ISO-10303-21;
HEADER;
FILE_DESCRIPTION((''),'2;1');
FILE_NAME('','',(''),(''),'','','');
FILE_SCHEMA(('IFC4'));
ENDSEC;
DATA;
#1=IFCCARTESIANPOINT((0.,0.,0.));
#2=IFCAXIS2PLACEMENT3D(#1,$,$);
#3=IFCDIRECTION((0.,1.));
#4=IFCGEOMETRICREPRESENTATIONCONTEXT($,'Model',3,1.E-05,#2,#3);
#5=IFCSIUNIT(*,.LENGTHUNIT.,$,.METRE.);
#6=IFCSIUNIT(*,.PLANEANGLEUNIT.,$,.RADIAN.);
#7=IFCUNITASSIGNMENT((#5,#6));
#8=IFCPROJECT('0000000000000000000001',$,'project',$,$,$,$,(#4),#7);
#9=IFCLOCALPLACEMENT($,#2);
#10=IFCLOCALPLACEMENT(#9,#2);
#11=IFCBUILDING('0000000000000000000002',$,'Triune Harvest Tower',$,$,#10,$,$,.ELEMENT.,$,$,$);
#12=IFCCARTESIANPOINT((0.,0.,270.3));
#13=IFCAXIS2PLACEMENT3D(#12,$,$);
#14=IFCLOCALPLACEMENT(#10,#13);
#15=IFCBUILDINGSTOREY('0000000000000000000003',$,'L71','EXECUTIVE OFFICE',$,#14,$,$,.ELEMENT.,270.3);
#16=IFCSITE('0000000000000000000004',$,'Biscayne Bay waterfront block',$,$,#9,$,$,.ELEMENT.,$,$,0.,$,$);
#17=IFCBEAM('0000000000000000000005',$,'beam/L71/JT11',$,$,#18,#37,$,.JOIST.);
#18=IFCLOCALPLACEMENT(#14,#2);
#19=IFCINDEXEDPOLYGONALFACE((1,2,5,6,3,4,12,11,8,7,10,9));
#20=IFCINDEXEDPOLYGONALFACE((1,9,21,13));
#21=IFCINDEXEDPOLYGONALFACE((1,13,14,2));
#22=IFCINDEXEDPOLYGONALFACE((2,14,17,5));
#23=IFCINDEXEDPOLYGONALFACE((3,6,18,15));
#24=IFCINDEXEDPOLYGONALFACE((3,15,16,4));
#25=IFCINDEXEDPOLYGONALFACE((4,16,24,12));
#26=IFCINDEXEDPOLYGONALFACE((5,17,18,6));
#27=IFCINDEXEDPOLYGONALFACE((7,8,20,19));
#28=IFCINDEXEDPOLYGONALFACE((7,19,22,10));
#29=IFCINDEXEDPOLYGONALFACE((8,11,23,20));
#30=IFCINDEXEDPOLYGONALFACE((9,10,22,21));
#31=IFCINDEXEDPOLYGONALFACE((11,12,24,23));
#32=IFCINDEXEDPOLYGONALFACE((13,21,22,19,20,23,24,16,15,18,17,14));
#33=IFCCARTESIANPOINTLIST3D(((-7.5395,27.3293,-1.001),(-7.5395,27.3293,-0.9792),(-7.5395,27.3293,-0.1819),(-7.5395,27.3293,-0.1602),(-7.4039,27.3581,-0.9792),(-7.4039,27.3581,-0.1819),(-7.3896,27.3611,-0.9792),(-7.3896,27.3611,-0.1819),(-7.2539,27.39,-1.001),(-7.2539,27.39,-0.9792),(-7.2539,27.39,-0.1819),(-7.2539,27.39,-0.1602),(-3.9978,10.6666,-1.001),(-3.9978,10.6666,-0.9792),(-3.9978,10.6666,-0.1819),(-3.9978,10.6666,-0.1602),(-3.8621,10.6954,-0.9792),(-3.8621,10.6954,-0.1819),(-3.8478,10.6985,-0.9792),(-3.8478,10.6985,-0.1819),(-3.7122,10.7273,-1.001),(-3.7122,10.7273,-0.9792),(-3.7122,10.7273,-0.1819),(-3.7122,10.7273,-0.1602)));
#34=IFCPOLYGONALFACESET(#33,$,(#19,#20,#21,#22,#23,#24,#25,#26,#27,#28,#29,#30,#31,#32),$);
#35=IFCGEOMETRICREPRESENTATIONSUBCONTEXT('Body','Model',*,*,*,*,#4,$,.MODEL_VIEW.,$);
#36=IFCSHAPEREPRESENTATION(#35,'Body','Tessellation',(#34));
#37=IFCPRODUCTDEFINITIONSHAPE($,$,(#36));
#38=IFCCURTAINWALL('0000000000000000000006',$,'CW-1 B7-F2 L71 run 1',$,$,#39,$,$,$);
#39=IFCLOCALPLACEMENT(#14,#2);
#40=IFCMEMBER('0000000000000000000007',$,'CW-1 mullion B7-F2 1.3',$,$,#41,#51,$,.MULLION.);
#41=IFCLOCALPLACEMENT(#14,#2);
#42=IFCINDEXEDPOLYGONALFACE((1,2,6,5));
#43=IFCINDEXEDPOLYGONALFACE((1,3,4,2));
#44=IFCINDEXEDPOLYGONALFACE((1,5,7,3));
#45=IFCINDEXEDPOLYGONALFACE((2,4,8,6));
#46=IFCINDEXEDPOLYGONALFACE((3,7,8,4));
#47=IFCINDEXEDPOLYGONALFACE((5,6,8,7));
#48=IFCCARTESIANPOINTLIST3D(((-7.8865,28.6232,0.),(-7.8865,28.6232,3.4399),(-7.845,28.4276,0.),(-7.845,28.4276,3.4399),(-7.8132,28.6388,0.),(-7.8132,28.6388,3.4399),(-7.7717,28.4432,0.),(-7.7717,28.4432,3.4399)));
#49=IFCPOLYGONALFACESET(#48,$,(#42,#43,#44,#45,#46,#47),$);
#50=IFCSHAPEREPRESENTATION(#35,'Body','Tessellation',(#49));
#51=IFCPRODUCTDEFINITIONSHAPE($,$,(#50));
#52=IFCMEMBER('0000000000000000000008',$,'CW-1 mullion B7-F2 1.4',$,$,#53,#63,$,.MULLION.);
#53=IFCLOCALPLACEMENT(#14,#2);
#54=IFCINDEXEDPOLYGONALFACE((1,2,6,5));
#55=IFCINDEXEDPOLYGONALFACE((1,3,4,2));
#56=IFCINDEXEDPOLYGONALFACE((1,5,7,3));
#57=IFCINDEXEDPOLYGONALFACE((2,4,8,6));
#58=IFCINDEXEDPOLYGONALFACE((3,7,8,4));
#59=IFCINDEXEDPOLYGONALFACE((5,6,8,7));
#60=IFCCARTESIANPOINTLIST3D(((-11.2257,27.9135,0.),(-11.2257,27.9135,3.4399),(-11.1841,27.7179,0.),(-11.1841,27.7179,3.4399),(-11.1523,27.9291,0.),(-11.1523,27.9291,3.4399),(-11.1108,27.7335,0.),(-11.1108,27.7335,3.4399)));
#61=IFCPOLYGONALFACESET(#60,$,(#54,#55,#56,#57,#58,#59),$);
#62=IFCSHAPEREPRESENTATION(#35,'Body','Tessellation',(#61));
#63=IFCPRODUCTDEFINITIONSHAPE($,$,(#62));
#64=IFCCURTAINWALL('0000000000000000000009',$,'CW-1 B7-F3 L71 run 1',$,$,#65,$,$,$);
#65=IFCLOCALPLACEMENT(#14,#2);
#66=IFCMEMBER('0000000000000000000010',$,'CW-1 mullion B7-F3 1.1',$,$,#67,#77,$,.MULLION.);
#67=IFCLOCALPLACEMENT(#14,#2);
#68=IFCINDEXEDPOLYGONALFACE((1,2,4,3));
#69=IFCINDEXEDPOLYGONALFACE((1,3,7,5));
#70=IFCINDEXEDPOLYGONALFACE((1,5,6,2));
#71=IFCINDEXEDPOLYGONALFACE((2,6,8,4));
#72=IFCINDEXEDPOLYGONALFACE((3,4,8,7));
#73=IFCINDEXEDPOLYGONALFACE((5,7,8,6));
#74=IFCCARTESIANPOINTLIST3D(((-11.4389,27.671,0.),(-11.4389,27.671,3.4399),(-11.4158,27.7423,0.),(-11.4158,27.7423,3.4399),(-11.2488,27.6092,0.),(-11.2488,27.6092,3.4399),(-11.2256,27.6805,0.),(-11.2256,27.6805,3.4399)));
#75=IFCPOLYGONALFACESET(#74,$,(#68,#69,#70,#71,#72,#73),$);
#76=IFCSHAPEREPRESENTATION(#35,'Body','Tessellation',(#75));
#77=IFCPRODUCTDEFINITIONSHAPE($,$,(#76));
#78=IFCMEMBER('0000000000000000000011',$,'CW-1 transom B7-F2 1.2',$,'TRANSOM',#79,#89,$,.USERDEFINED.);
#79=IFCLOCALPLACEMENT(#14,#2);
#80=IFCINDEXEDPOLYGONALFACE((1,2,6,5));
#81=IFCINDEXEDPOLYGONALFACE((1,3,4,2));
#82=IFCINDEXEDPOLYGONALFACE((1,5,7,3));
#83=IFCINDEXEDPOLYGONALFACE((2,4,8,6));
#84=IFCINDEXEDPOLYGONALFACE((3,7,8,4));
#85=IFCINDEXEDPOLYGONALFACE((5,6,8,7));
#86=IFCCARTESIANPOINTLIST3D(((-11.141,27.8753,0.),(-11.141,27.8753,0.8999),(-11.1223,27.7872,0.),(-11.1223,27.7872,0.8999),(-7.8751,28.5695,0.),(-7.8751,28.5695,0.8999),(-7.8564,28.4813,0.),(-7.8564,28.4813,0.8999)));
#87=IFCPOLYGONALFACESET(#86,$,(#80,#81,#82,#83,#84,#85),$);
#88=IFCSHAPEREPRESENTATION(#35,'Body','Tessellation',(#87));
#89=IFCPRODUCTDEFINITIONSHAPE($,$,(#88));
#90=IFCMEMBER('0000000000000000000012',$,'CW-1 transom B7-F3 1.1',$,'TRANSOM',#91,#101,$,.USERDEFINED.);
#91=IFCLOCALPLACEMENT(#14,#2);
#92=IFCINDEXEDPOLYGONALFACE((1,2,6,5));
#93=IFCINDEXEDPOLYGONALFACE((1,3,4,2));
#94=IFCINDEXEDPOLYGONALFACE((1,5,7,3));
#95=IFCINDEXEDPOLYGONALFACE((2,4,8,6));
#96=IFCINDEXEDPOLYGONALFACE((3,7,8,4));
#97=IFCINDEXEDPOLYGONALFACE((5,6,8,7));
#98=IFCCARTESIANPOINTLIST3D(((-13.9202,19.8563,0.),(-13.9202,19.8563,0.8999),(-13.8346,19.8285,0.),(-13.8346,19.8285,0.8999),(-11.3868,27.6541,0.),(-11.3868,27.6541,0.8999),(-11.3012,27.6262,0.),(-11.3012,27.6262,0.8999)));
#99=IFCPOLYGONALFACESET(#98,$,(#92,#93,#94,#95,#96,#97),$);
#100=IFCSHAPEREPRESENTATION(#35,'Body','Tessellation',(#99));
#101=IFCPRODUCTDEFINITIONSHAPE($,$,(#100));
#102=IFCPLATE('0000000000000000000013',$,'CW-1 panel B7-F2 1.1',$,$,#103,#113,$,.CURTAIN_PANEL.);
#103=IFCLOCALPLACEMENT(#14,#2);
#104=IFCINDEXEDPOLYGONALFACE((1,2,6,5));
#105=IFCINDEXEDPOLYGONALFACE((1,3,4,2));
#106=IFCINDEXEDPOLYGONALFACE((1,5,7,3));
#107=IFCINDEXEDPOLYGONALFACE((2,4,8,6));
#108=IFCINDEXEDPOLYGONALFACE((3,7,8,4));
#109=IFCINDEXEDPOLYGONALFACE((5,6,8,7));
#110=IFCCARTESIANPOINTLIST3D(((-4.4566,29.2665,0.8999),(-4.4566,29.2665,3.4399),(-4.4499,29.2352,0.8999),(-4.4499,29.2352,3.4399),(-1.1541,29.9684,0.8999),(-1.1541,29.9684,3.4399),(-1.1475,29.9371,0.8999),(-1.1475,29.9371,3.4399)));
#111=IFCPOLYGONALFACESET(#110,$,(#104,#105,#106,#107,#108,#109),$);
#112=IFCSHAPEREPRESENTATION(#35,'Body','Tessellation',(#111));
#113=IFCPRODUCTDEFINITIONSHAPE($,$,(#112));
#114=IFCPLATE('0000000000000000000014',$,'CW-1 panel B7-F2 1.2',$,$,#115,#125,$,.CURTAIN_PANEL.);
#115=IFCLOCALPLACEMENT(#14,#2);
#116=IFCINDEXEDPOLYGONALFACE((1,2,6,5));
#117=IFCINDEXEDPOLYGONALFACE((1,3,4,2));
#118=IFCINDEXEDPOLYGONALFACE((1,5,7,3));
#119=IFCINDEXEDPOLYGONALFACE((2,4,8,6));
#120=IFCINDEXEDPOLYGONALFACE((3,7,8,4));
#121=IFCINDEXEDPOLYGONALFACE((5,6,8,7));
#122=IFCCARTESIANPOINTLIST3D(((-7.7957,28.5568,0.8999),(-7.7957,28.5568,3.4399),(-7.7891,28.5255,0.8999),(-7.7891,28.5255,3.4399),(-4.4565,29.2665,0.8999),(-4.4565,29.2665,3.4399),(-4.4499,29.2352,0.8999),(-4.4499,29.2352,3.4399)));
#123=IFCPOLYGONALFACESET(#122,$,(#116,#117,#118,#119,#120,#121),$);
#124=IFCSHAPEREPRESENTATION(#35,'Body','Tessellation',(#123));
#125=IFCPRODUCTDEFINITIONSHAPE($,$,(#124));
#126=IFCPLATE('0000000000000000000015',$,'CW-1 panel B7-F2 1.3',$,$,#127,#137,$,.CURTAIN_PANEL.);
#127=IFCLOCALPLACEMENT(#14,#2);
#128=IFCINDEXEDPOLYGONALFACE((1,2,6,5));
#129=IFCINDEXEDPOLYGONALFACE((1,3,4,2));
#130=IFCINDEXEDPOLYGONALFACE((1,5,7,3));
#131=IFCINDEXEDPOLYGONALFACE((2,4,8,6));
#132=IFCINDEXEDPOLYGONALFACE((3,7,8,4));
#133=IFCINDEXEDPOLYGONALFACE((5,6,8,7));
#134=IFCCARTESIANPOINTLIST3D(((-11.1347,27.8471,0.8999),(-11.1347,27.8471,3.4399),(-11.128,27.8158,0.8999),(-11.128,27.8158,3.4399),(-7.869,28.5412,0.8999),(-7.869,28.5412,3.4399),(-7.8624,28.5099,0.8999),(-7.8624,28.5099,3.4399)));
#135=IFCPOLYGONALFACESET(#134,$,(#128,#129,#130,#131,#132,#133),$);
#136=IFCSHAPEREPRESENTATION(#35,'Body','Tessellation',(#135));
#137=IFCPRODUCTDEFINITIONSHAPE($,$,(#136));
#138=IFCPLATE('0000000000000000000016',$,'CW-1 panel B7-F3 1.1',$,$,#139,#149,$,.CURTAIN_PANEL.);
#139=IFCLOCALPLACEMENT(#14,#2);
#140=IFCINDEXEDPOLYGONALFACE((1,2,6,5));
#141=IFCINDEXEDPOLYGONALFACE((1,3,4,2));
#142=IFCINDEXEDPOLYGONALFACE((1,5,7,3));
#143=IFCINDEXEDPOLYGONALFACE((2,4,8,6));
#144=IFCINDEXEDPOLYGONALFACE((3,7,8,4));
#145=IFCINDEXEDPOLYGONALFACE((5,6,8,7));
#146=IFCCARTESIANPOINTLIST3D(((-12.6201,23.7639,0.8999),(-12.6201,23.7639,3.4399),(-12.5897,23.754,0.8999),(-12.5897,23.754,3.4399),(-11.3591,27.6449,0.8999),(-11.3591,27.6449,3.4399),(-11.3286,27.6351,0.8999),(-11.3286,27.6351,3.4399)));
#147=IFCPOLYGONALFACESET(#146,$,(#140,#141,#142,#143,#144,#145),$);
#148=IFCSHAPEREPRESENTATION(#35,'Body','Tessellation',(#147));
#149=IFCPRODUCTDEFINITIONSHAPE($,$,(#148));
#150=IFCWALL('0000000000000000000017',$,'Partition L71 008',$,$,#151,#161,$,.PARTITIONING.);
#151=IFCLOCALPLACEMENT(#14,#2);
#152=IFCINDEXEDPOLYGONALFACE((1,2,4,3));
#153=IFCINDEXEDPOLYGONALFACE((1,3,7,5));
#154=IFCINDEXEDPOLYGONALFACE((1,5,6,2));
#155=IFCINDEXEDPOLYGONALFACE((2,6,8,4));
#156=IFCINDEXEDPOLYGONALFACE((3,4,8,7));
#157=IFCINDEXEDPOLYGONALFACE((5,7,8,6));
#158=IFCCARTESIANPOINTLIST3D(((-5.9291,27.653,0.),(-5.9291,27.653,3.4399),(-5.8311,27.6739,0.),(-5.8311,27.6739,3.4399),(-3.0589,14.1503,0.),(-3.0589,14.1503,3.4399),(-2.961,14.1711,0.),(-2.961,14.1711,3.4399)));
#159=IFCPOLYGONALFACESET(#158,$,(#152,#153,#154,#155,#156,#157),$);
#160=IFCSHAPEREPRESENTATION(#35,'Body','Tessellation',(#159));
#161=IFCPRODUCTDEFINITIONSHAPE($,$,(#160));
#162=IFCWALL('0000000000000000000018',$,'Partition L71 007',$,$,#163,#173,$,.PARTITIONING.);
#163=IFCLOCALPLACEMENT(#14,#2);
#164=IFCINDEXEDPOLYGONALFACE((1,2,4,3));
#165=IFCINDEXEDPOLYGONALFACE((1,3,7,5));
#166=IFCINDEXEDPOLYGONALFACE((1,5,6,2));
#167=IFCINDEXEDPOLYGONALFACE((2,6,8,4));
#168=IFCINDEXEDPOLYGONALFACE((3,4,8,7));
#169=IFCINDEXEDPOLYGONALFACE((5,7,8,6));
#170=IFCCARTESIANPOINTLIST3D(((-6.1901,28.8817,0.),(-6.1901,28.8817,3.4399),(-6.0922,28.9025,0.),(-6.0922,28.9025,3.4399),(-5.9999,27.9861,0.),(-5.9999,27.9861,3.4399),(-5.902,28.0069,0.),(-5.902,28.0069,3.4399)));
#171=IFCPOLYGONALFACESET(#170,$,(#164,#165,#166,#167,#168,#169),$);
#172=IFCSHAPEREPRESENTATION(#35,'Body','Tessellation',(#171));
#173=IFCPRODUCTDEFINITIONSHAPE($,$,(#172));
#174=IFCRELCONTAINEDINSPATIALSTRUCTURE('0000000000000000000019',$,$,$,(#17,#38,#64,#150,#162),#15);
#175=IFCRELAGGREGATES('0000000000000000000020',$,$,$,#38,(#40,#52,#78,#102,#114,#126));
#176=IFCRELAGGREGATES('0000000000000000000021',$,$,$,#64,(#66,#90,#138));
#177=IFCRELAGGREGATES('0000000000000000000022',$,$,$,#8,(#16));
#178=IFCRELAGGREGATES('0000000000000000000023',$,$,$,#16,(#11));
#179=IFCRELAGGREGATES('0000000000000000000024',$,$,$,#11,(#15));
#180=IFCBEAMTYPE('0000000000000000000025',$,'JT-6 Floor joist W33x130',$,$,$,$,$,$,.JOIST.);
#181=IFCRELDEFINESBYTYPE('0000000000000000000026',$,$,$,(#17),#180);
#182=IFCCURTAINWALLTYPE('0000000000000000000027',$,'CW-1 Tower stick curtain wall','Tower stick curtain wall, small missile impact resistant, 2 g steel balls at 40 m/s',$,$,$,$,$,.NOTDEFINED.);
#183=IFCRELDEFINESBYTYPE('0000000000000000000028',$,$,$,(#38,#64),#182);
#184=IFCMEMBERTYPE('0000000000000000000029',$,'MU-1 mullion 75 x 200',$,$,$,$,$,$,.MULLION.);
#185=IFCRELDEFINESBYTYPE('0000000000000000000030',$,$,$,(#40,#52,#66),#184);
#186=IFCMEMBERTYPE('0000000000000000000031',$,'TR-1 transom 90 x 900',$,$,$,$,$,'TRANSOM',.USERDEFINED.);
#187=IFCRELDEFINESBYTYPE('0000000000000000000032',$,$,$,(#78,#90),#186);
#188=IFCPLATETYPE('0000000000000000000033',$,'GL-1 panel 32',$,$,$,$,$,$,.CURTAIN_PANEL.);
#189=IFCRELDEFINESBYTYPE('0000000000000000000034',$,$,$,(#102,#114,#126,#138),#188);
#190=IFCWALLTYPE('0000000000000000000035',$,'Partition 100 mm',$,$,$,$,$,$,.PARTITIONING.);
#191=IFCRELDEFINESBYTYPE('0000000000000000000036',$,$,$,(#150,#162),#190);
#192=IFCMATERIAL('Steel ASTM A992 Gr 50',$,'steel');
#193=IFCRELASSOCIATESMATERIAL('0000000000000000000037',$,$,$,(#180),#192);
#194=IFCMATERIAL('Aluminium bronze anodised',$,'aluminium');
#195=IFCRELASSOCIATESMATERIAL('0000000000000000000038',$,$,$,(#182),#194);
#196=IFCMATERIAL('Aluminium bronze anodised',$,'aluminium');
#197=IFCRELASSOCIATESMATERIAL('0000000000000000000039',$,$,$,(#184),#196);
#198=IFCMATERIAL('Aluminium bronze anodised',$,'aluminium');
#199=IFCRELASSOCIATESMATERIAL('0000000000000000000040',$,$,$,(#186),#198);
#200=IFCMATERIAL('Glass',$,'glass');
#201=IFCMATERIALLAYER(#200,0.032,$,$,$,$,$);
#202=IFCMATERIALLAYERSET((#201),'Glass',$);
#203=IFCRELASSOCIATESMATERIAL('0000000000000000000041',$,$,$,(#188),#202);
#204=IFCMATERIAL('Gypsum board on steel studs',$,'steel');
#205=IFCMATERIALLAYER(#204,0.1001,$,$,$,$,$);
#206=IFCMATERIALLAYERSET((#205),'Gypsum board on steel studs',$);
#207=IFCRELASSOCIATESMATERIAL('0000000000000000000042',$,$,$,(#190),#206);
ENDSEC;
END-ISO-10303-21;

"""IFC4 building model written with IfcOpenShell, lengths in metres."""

from ifc_helpers import new_model, si_unit, direction, frame, frame_2d, origin, origin_2d, place, context, subcontext, project, spatial, rectangle, i_section, extrude, source, transform, mapped, material, layer, layer_set, material_profile, profile_set, type_object, element, aggregate, save


model = new_model("IFC4")

# Units and contexts
model_context = context("Model", 3, precision=1e-05, world=origin(), true_north=direction((0.0, 1.0)))
body_context = subcontext(model_context, "Body", "Model", "MODEL_VIEW")
ifc_project = project(units=[si_unit("LENGTHUNIT", "METRE"), si_unit("PLANEANGLEUNIT", "RADIAN")], contexts=[model_context])

# Site, building, storey
site_placement = place(None, origin())
site = spatial("IfcSite", under=ifc_project, at=site_placement, Name="Biscayne Bay waterfront block", CompositionType="ELEMENT", RefElevation=0.0)
building_placement = place(site_placement, origin())
building = spatial("IfcBuilding", under=site, at=building_placement, Name="Triune Harvest Tower", CompositionType="ELEMENT")
storey_placement = place(building_placement, frame((0.0, 0.0, 270.3)))
storey = spatial("IfcBuildingStorey", under=building, at=storey_placement, Name="L71", Description="EXECUTIVE OFFICE", CompositionType="ELEMENT", Elevation=270.3)

# Beam
ifc_material_1 = material(Name="Steel ASTM A992 Gr 50", Category="steel")
ifc_material_profile_1 = material_profile(ifc_material_1, i_section(OverallWidth=0.292, OverallDepth=0.8408, WebThickness=0.0146, FlangeThickness=0.0217, at=origin_2d()), Name="W33x130")
ifc_profile_set_1 = profile_set([ifc_material_profile_1], Name="Steel ASTM A992 Gr 50")
beam_type_1 = type_object("IfcBeamType", Name="JT-6 Floor joist W33x130", PredefinedType="JOIST", material=ifc_profile_set_1)
shared_shape_1 = source(origin(), body_context, "Body", "SweptSolid", [
    extrude(i_section(OverallWidth=0.292, OverallDepth=0.8408, WebThickness=0.0146, FlangeThickness=0.0217, at=origin_2d()), origin(), (0.0, 0.0, 1.0), 17.0349),
])
beam_1_placement = place(storey_placement, frame((-7.3967, 27.3596, -0.5806), z_axis=(0.207912, -0.978148, 0.0), x_axis=(0.978148, 0.207912, 0.0)))
element("IfcBeam", 1, at=beam_1_placement, inside=storey, type_object=beam_type_1, Name="beam/L71/JT11", PredefinedType="JOIST", context=body_context, shape_type="MappedRepresentation", body=[
    mapped(shared_shape_1, transform((0.0, 0.0, 0.0), scale=1.0)),
])

# Curtain wall, members
ifc_material_2 = material(Name="Aluminium bronze anodised", Category="aluminium")
curtain_wall_type = type_object("IfcCurtainWallType", Name="CW-1 Tower stick curtain wall", Description="Tower stick curtain wall, small missile impact resistant, 2 g steel balls at 40 m/s", PredefinedType="NOTDEFINED", material=ifc_material_2)
curtain_wall_1_placement = place(storey_placement, origin())
curtain_wall_1 = element("IfcCurtainWall", 2, at=curtain_wall_1_placement, inside=storey, type_object=curtain_wall_type, Name="CW-1 B7-F2 L71 run 1")
ifc_material_3 = material(Name="Aluminium bronze anodised", Category="aluminium")
ifc_material_profile_2 = material_profile(ifc_material_3, rectangle(XDim=0.2, YDim=0.075, at=origin_2d()), Name="MU-1 mullion 75 x 200")
ifc_profile_set_2 = profile_set([ifc_material_profile_2], Name="Aluminium bronze anodised")
member_type_1 = type_object("IfcMemberType", Name="MU-1 mullion 75 x 200", PredefinedType="MULLION", material=ifc_profile_set_2)
shared_shape_2 = source(origin(), body_context, "Body", "SweptSolid", [
    extrude(rectangle(XDim=0.2, YDim=0.075, at=origin_2d()), origin(), (0.0, 0.0, 1.0), 3.4399),
])
member_1_placement = place(storey_placement, frame((-7.8291, 28.5332, 0.0), z_axis=(0.0, 0.0, 1.0), x_axis=(0.207905, -0.978149, 0.0)))
member_1 = element("IfcMember", 3, at=member_1_placement, type_object=member_type_1, Name="CW-1 mullion B7-F2 1.3", PredefinedType="MULLION", context=body_context, shape_type="MappedRepresentation", body=[
    mapped(shared_shape_2, transform((0.0, 0.0, 0.0), scale=1.0)),
])
member_2_placement = place(storey_placement, frame((-11.1682, 27.8235, 0.0), z_axis=(0.0, 0.0, 1.0), x_axis=(0.207905, -0.978149, 0.0)))
member_2 = element("IfcMember", 4, at=member_2_placement, type_object=member_type_1, Name="CW-1 mullion B7-F2 1.4", PredefinedType="MULLION", context=body_context, shape_type="MappedRepresentation", body=[
    mapped(shared_shape_2, transform((0.0, 0.0, 0.0), scale=1.0)),
])

# Curtain wall, member
curtain_wall_2_placement = place(storey_placement, origin())
curtain_wall_2 = element("IfcCurtainWall", 5, at=curtain_wall_2_placement, inside=storey, type_object=curtain_wall_type, Name="CW-1 B7-F3 L71 run 1")
member_3_placement = place(storey_placement, frame((-11.3323, 27.6758, 0.0), z_axis=(0.0, 0.0, 1.0), x_axis=(0.951058, -0.309013, 0.0)))
member_3 = element("IfcMember", 6, at=member_3_placement, type_object=member_type_1, Name="CW-1 mullion B7-F3 1.1", PredefinedType="MULLION", context=body_context, shape_type="MappedRepresentation", body=[
    mapped(shared_shape_2, transform((0.0, 0.0, 0.0), scale=1.0)),
])

# Members
ifc_material_4 = material(Name="Aluminium bronze anodised", Category="aluminium")
ifc_material_profile_3 = material_profile(ifc_material_4, rectangle(XDim=0.0901, YDim=0.8999, at=origin_2d()), Name="TR-1 transom 90 x 900")
ifc_profile_set_3 = profile_set([ifc_material_profile_3], Name="Aluminium bronze anodised")
member_type_2 = type_object("IfcMemberType", Name="TR-1 transom 90 x 900", ElementType="TRANSOM", PredefinedType="USERDEFINED", material=ifc_profile_set_3)
shared_shape_3 = source(origin(), body_context, "Body", "SweptSolid", [
    extrude(rectangle(XDim=0.0901, YDim=0.8999, at=origin_2d()), origin(), (0.0, 0.0, 1.0), 3.3389),
])
member_4_placement = place(storey_placement, frame((-7.8657, 28.5254, 0.45), z_axis=(-0.978153, -0.207886, 0.0), x_axis=(0.207886, -0.978153, 0.0)))
member_4 = element("IfcMember", 7, at=member_4_placement, type_object=member_type_2, Name="CW-1 transom B7-F2 1.2", ObjectType="TRANSOM", PredefinedType="USERDEFINED", context=body_context, shape_type="MappedRepresentation", body=[
    mapped(shared_shape_3, transform((0.0, 0.0, 0.0), scale=1.0)),
])
shared_shape_4 = source(origin(), body_context, "Body", "SweptSolid", [
    extrude(rectangle(XDim=0.0901, YDim=0.8999, at=origin_2d()), origin(), (0.0, 0.0, 1.0), 8.199),
])
member_5_placement = place(storey_placement, frame((-11.344, 27.6401, 0.45), z_axis=(-0.308992, -0.951065, 0.0), x_axis=(0.951065, -0.308992, 0.0)))
member_5 = element("IfcMember", 8, at=member_5_placement, type_object=member_type_2, Name="CW-1 transom B7-F3 1.1", ObjectType="TRANSOM", PredefinedType="USERDEFINED", context=body_context, shape_type="MappedRepresentation", body=[
    mapped(shared_shape_4, transform((0.0, 0.0, 0.0), scale=1.0)),
])

# Plates
ifc_material_5 = material(Name="Glass", Category="glass")
ifc_layer_1 = layer(ifc_material_5, 0.032)
ifc_layer_set_1 = layer_set([ifc_layer_1], Name="Glass")
plate_type = type_object("IfcPlateType", Name="GL-1 panel 32", PredefinedType="CURTAIN_PANEL", material=ifc_layer_set_1)
shared_shape_5 = source(origin(), body_context, "Body", "SweptSolid", [
    extrude(rectangle(XDim=3.3762, YDim=0.032, at=origin_2d()), origin(), (0.0, 0.0, 1.0), 2.54),
])
plate_1_placement = place(storey_placement, frame((-2.802, 29.6018, 0.8999), z_axis=(0.0, 0.0, 1.0), x_axis=(-0.978149, -0.207905, 0.0)))
plate_1 = element("IfcPlate", 9, at=plate_1_placement, type_object=plate_type, Name="CW-1 panel B7-F2 1.1", PredefinedType="CURTAIN_PANEL", context=body_context, shape_type="MappedRepresentation", body=[
    mapped(shared_shape_5, transform((0.0, 0.0, 0.0), scale=1.0)),
])
shared_shape_6 = source(origin(), body_context, "Body", "SweptSolid", [
    extrude(rectangle(XDim=3.4138, YDim=0.032, at=origin_2d()), origin(), (0.0, 0.0, 1.0), 2.54),
])
plate_2_placement = place(storey_placement, frame((-6.1228, 28.896, 0.8999), z_axis=(0.0, 0.0, 1.0), x_axis=(-0.978149, -0.207905, 0.0)))
plate_2 = element("IfcPlate", 10, at=plate_2_placement, type_object=plate_type, Name="CW-1 panel B7-F2 1.2", PredefinedType="CURTAIN_PANEL", context=body_context, shape_type="MappedRepresentation", body=[
    mapped(shared_shape_6, transform((0.0, 0.0, 0.0), scale=1.0)),
])
shared_shape_7 = source(origin(), body_context, "Body", "SweptSolid", [
    extrude(rectangle(XDim=3.3386, YDim=0.032, at=origin_2d()), origin(), (0.0, 0.0, 1.0), 2.54),
])
plate_3_placement = place(storey_placement, frame((-9.4985, 28.1785, 0.8999), z_axis=(0.0, 0.0, 1.0), x_axis=(-0.978149, -0.207905, 0.0)))
plate_3 = element("IfcPlate", 11, at=plate_3_placement, type_object=plate_type, Name="CW-1 panel B7-F2 1.3", PredefinedType="CURTAIN_PANEL", context=body_context, shape_type="MappedRepresentation", body=[
    mapped(shared_shape_7, transform((0.0, 0.0, 0.0), scale=1.0)),
])
aggregate(curtain_wall_1, [member_1, member_2, member_4, plate_1, plate_2, plate_3])
shared_shape_8 = source(origin(), body_context, "Body", "SweptSolid", [
    extrude(rectangle(XDim=4.0808, YDim=0.032, at=origin_2d()), origin(), (0.0, 0.0, 1.0), 2.54),
])
plate_4_placement = place(storey_placement, frame((-11.9744, 25.6995, 0.8999), z_axis=(0.0, 0.0, 1.0), x_axis=(-0.309013, -0.951058, 0.0)))
plate_4 = element("IfcPlate", 12, at=plate_4_placement, type_object=plate_type, Name="CW-1 panel B7-F3 1.1", PredefinedType="CURTAIN_PANEL", context=body_context, shape_type="MappedRepresentation", body=[
    mapped(shared_shape_8, transform((0.0, 0.0, 0.0), scale=1.0)),
])
aggregate(curtain_wall_2, [member_3, member_5, plate_4])

# Walls
ifc_material_6 = material(Name="Gypsum board on steel studs", Category="steel")
ifc_layer_2 = layer(ifc_material_6, 0.1001)
ifc_layer_set_2 = layer_set([ifc_layer_2], Name="Gypsum board on steel studs")
wall_type = type_object("IfcWallType", Name="Partition 100 mm", PredefinedType="PARTITIONING", material=ifc_layer_set_2)
wall_1_placement = place(storey_placement, frame((-5.8801, 27.6636, 0.0), z_axis=(0.0, 0.0, 1.0), x_axis=(0.207914, -0.978147, 0.0)))
element("IfcWall", 13, at=wall_1_placement, inside=storey, type_object=wall_type, Name="Partition L71 008", PredefinedType="PARTITIONING", context=body_context, shape_type="SweptSolid", body=[
    extrude(rectangle(XDim=13.8044, YDim=0.1001, at=frame_2d((6.9023, 0.0))), origin(), (0.0, 0.0, 1.0), 3.4399),
])
shared_shape_9 = source(origin(), body_context, "Body", "SweptSolid", [
    extrude(rectangle(XDim=0.9155, YDim=0.1001, at=frame_2d((0.4578, 0.0))), origin(), (0.0, 0.0, 1.0), 3.4399),
])
wall_2_placement = place(storey_placement, frame((-6.1411, 28.8921, 0.0), z_axis=(0.0, 0.0, 1.0), x_axis=(0.207744, -0.978183, 0.0)))
element("IfcWall", 14, at=wall_2_placement, inside=storey, type_object=wall_type, Name="Partition L71 007", PredefinedType="PARTITIONING", context=body_context, shape_type="MappedRepresentation", body=[
    mapped(shared_shape_9, transform((0.0, 0.0, 0.0), scale=1.0)),
])

save(model, "model.ifc")
